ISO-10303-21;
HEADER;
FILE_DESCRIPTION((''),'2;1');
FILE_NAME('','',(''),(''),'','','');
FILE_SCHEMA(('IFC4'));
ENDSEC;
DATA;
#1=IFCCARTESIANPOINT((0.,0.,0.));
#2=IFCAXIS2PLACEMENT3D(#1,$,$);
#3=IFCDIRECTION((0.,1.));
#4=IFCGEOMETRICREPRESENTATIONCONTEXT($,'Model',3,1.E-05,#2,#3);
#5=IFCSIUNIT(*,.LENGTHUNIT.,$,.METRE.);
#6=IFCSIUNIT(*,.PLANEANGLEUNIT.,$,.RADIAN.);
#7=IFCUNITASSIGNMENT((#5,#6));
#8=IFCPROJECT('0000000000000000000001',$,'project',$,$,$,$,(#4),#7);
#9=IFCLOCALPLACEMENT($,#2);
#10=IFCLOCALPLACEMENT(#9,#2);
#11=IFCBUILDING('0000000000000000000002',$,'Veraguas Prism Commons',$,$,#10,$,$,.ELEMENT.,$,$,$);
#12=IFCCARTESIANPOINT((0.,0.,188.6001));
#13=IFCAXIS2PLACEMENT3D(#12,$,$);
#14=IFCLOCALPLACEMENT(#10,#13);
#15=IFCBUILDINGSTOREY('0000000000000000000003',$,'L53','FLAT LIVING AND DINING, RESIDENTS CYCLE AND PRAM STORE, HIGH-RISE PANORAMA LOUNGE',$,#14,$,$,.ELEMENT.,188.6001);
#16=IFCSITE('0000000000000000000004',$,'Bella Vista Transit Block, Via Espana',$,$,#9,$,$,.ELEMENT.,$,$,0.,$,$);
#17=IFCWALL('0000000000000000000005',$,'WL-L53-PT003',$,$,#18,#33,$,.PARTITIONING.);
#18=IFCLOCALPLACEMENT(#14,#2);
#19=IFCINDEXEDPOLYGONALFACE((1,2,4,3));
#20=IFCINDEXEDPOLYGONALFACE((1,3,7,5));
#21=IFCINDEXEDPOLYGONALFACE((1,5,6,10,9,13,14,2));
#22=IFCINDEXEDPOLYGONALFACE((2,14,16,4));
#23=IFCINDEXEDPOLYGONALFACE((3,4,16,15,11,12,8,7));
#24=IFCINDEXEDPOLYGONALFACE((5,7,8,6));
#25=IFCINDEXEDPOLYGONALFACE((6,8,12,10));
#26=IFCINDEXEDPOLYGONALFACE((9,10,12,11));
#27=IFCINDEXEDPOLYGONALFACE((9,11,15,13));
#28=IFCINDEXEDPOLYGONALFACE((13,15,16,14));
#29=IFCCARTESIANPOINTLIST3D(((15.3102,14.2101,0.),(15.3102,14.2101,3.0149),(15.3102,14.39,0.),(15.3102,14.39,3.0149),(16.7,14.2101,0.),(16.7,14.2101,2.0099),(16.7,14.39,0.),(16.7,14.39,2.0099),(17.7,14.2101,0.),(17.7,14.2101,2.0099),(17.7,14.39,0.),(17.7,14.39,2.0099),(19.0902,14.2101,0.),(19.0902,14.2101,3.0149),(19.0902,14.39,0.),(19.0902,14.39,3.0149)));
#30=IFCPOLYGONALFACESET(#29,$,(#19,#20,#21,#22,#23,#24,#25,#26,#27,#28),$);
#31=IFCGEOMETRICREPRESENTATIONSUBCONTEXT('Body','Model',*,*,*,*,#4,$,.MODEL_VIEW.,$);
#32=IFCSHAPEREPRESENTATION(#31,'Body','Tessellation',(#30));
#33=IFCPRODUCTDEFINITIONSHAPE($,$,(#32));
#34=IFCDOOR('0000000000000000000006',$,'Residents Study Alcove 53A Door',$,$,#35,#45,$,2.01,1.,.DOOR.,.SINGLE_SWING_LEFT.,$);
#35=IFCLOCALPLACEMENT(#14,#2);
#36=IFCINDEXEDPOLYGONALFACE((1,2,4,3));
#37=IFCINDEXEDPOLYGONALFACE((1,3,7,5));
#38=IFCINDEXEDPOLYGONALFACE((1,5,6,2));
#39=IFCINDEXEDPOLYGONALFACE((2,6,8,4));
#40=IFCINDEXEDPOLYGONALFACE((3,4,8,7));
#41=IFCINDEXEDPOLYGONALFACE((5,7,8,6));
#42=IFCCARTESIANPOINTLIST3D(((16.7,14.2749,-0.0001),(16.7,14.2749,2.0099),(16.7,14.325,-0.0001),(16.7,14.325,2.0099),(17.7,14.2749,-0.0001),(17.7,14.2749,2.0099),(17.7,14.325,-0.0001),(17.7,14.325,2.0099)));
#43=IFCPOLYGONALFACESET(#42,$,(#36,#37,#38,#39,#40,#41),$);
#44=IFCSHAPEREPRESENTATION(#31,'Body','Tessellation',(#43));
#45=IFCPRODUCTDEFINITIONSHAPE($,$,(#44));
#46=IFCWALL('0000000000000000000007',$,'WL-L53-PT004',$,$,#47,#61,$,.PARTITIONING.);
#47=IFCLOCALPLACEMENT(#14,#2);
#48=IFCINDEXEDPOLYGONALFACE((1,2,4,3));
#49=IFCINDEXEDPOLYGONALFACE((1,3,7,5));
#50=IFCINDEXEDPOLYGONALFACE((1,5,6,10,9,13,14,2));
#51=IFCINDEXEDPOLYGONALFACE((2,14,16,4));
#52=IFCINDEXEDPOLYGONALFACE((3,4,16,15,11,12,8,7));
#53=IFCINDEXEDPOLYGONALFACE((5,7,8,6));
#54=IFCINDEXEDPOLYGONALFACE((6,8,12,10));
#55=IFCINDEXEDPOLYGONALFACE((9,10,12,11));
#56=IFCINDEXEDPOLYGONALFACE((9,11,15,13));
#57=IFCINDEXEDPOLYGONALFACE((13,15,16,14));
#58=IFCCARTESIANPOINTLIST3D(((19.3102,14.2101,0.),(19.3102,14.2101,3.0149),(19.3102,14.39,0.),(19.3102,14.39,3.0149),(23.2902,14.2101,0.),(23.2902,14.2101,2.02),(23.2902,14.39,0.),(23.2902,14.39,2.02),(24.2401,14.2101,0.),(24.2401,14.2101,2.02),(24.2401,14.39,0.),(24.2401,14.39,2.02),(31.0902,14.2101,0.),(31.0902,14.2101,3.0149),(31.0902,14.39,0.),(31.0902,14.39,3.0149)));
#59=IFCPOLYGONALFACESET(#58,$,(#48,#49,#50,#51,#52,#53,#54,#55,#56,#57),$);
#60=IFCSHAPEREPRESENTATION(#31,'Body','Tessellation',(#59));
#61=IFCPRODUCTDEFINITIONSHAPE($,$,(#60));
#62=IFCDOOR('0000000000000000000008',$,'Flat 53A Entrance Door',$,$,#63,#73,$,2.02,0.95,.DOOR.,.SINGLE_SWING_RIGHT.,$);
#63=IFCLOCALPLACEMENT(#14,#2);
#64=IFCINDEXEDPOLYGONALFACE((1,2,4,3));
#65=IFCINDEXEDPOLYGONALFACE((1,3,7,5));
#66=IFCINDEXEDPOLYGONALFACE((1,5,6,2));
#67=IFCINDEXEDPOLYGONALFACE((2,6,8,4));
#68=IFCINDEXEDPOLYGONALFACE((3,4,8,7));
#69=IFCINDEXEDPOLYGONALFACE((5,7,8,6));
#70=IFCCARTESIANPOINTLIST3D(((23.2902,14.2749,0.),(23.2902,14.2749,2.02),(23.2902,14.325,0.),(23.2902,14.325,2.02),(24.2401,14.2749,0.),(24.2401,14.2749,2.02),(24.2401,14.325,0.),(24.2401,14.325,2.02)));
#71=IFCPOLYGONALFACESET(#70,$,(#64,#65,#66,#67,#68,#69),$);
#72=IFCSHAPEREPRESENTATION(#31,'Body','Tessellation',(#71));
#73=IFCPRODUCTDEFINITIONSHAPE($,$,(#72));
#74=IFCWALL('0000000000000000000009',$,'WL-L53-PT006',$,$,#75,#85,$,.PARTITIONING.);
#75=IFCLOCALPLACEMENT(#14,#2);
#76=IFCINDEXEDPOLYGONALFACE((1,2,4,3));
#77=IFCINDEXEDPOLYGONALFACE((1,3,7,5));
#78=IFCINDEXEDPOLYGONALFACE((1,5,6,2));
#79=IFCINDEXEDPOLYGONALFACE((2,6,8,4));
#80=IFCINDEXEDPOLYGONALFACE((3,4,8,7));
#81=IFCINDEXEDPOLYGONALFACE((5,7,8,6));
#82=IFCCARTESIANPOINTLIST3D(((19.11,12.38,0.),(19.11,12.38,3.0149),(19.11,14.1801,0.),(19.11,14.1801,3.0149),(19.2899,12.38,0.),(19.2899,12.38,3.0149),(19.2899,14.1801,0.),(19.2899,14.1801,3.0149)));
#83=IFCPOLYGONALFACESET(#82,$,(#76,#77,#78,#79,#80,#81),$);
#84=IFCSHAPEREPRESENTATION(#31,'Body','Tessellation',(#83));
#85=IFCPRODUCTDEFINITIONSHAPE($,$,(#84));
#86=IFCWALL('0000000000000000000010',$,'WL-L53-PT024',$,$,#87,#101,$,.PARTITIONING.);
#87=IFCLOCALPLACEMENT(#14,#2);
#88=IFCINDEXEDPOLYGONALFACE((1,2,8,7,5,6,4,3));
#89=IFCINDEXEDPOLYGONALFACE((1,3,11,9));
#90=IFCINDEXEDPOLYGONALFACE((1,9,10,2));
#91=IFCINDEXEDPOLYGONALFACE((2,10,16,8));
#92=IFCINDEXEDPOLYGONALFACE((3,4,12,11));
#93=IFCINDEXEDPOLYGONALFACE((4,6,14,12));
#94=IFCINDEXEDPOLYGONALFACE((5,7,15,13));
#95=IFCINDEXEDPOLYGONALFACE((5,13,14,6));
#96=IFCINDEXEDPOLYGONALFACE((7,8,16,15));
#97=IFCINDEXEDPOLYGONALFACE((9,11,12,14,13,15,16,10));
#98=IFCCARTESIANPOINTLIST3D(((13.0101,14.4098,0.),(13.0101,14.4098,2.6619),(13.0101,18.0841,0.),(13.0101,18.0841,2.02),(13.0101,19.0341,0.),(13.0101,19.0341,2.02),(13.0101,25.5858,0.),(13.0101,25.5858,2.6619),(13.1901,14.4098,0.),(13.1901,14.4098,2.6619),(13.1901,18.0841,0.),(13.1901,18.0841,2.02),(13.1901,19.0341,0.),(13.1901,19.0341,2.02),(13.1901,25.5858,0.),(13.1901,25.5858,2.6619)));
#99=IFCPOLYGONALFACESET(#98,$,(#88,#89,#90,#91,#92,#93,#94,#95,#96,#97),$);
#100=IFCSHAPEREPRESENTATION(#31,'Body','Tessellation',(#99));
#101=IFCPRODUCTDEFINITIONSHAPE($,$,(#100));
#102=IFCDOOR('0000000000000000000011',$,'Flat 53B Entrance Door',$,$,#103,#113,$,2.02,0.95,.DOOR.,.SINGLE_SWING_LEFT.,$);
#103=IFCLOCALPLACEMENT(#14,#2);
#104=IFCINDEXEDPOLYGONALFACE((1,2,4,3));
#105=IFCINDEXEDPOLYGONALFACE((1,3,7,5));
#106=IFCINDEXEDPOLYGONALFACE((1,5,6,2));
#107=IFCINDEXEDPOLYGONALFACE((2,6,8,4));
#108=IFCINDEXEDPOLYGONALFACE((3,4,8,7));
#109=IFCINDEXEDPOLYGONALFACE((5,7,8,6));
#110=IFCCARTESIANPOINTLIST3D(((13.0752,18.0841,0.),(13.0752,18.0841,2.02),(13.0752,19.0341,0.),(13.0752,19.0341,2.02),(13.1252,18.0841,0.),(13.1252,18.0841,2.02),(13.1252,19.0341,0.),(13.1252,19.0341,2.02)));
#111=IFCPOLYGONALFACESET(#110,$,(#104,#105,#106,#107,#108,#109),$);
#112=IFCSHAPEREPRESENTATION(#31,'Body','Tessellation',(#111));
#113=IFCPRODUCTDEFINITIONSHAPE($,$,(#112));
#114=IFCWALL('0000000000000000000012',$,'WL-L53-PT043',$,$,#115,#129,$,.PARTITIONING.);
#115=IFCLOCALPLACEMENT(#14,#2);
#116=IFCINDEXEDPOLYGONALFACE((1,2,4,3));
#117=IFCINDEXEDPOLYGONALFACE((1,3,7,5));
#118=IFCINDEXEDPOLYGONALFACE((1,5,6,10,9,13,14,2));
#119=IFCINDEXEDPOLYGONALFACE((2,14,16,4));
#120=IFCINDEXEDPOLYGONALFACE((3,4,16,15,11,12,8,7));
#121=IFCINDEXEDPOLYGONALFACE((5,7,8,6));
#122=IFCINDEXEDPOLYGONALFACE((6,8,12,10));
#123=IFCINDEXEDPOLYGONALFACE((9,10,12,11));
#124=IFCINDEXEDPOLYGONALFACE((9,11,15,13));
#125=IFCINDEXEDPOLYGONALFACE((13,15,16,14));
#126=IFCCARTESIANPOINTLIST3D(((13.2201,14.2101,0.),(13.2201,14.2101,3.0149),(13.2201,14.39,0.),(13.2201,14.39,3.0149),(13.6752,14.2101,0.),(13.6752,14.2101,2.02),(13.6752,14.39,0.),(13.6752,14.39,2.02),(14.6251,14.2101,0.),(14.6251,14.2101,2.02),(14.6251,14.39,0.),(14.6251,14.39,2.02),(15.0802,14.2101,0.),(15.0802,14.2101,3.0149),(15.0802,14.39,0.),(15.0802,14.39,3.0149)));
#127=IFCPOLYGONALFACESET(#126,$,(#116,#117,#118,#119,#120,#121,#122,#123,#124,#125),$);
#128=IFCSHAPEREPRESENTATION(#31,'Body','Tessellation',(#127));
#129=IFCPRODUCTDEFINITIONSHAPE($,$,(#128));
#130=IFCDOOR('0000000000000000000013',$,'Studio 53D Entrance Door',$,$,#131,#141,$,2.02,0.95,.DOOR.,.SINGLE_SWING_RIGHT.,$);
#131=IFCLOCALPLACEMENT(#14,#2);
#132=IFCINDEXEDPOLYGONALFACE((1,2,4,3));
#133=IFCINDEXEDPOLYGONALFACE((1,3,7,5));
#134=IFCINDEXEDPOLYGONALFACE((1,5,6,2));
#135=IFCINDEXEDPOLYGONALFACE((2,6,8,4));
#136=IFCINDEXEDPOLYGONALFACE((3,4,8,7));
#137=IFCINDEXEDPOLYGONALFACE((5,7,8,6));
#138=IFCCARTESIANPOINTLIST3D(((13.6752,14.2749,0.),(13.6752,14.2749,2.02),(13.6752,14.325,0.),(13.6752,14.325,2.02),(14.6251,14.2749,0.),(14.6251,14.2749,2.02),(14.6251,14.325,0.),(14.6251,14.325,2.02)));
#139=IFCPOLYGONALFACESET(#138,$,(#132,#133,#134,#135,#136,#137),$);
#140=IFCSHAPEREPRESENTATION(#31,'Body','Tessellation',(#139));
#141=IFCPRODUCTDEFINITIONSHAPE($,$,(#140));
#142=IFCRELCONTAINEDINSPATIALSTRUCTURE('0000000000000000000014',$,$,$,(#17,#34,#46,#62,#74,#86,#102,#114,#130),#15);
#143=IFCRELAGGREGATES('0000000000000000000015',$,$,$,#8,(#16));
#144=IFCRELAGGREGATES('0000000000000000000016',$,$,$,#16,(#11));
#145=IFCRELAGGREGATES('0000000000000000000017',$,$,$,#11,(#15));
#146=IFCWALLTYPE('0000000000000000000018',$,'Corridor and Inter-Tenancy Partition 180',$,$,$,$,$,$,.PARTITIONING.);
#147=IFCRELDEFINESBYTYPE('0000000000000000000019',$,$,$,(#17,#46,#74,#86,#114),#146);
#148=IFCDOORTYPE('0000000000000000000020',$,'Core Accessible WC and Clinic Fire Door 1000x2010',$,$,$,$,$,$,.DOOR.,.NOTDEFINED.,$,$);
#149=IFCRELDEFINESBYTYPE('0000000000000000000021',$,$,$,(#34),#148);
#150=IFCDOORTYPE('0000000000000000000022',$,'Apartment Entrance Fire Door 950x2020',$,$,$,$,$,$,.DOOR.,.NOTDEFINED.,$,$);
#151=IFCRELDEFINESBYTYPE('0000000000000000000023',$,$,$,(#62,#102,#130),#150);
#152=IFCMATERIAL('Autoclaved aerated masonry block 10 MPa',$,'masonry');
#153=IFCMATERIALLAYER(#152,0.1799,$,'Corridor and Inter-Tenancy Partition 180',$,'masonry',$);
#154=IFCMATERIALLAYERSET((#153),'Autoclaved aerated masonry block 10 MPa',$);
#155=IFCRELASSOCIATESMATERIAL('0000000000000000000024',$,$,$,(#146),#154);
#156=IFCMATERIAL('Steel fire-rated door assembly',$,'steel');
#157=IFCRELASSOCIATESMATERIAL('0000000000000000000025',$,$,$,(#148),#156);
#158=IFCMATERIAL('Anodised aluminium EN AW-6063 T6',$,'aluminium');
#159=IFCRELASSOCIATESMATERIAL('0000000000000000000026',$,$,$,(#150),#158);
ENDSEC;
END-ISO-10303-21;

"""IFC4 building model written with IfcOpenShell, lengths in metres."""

from ifc_helpers import new_model, si_unit, direction, frame, frame_2d, origin, place, context, subcontext, project, spatial, rectangle, extrude, source, transform, mapped, material, layer, layer_set, type_object, element, fill, save


model = new_model("IFC4")

# Units and contexts
model_context = context("Model", 3, precision=1e-05, world=origin(), true_north=direction((0.0, 1.0)))
body_context = subcontext(model_context, "Body", "Model", "MODEL_VIEW")
ifc_project = project(units=[si_unit("LENGTHUNIT", "METRE"), si_unit("PLANEANGLEUNIT", "RADIAN")], contexts=[model_context])

# Site, building, storey
site_placement = place(None, origin())
site = spatial("IfcSite", under=ifc_project, at=site_placement, Name="Bella Vista Transit Block, Via Espana", CompositionType="ELEMENT", RefElevation=0.0)
building_placement = place(site_placement, origin())
building = spatial("IfcBuilding", under=site, at=building_placement, Name="Veraguas Prism Commons", CompositionType="ELEMENT")
storey_placement = place(building_placement, frame((0.0, 0.0, 188.6001)))
storey = spatial("IfcBuildingStorey", under=building, at=storey_placement, Name="L53", Description="FLAT LIVING AND DINING, RESIDENTS CYCLE AND PRAM STORE, HIGH-RISE PANORAMA LOUNGE", CompositionType="ELEMENT", Elevation=188.6001)

# Shared definitions
ifc_material_1 = material(Name="Steel fire-rated door assembly", Category="steel")

# Shared definitions
ifc_material_2 = material(Name="Autoclaved aerated masonry block 10 MPa", Category="masonry")
ifc_layer_1 = layer(ifc_material_2, 0.1799, Name="Corridor and Inter-Tenancy Partition 180", Category="masonry")
ifc_layer_set_1 = layer_set([ifc_layer_1], Name="Autoclaved aerated masonry block 10 MPa")
wall_type_1 = type_object("IfcWallType", Name="Corridor and Inter-Tenancy Partition 180", PredefinedType="PARTITIONING", material=ifc_layer_set_1)

# Walls, openings, doors
wall_1_placement = place(storey_placement, frame((15.3101, 14.3, 0.0), z_axis=(0.0, 0.0, 1.0), x_axis=(1.0, 0.0, 0.0)))
wall_1 = element("IfcWall", 1, at=wall_1_placement, inside=storey, type_object=wall_type_1, Name="WL-L53-PT003", PredefinedType="PARTITIONING", context=body_context, shape_type="SweptSolid", body=[
    extrude(rectangle(XDim=3.78, YDim=0.1799, at=frame_2d((1.8901, 0.0))), origin(), (0.0, 0.0, 1.0), 3.0149),
])
opening_1_placement = place(wall_1_placement, frame((1.3899, 0.0, 0.0)))
opening_1 = element("IfcOpeningElement", 2, at=opening_1_placement, cuts=wall_1, PredefinedType="OPENING", context=body_context, shape_type="SweptSolid", body=[
    extrude(rectangle(XDim=1.0, YDim=2.01, at=frame_2d((0.5, 1.0049))), frame((0.0, 0.0999, 0.0), z_axis=(0.0, -1.0, 0.0), x_axis=(1.0, 0.0, 0.0)), (0.0, 0.0, 1.0), 0.2),
])
door_type_1 = type_object("IfcDoorType", Name="Core Accessible WC and Clinic Fire Door 1000x2010", OperationType="NOTDEFINED", PredefinedType="DOOR", material=ifc_material_1)
shared_shape_1 = source(origin(), body_context, "Body", "SweptSolid", [
    extrude(rectangle(XDim=1.0, YDim=2.01, at=frame_2d((0.5, 1.0049))), frame((0.0, 0.0249, 0.0), z_axis=(0.0, -1.0, 0.0), x_axis=(1.0, 0.0, 0.0)), (0.0, 0.0, 1.0), 0.05),
])
door_1_placement = place(opening_1_placement, origin())
door_1 = element("IfcDoor", 3, at=door_1_placement, inside=storey, type_object=door_type_1, Name="Residents Study Alcove 53A Door", OperationType="SINGLE_SWING_LEFT", OverallHeight=2.01, OverallWidth=1.0, PredefinedType="DOOR", context=body_context, shape_type="MappedRepresentation", body=[
    mapped(shared_shape_1, transform((0.0, 0.0, 0.0), scale=1.0)),
])
fill(opening_1, door_1)
wall_2_placement = place(storey_placement, frame((19.3101, 14.3, 0.0), z_axis=(0.0, 0.0, 1.0), x_axis=(1.0, 0.0, 0.0)))
wall_2 = element("IfcWall", 4, at=wall_2_placement, inside=storey, type_object=wall_type_1, Name="WL-L53-PT004", PredefinedType="PARTITIONING", context=body_context, shape_type="SweptSolid", body=[
    extrude(rectangle(XDim=11.78, YDim=0.1799, at=frame_2d((5.8901, 0.0))), origin(), (0.0, 0.0, 1.0), 3.0149),
])
opening_2_placement = place(wall_2_placement, frame((3.98, 0.0, 0.0)))
opening_2 = element("IfcOpeningElement", 5, at=opening_2_placement, cuts=wall_2, PredefinedType="OPENING", context=body_context, shape_type="SweptSolid", body=[
    extrude(rectangle(XDim=0.95, YDim=2.02, at=frame_2d((0.4751, 1.01))), frame((0.0, 0.0999, 0.0), z_axis=(0.0, -1.0, 0.0), x_axis=(1.0, 0.0, 0.0)), (0.0, 0.0, 1.0), 0.2),
])
ifc_material_3 = material(Name="Anodised aluminium EN AW-6063 T6", Category="aluminium")
door_type_2 = type_object("IfcDoorType", Name="Apartment Entrance Fire Door 950x2020", OperationType="NOTDEFINED", PredefinedType="DOOR", material=ifc_material_3)
shared_shape_2 = source(origin(), body_context, "Body", "SweptSolid", [
    extrude(rectangle(XDim=0.95, YDim=2.02, at=frame_2d((0.4751, 1.01))), frame((0.0, 0.0249, 0.0), z_axis=(0.0, -1.0, 0.0), x_axis=(1.0, 0.0, 0.0)), (0.0, 0.0, 1.0), 0.05),
])
door_2_placement = place(opening_2_placement, origin())
door_2 = element("IfcDoor", 6, at=door_2_placement, inside=storey, type_object=door_type_2, Name="Flat 53A Entrance Door", OperationType="SINGLE_SWING_RIGHT", OverallHeight=2.02, OverallWidth=0.95, PredefinedType="DOOR", context=body_context, shape_type="MappedRepresentation", body=[
    mapped(shared_shape_2, transform((0.0, 0.0, 0.0), scale=1.0)),
])
fill(opening_2, door_2)

# Wall
wall_3_placement = place(storey_placement, frame((19.2, 14.1799, 0.0), z_axis=(0.0, 0.0, 1.0), x_axis=(0.0, -1.0, 0.0)))
element("IfcWall", 7, at=wall_3_placement, inside=storey, type_object=wall_type_1, Name="WL-L53-PT006", PredefinedType="PARTITIONING", context=body_context, shape_type="SweptSolid", body=[
    extrude(rectangle(XDim=1.8, YDim=0.1799, at=frame_2d((0.8999, 0.0))), origin(), (0.0, 0.0, 1.0), 3.0149),
])

# Walls, openings, doors
wall_4_placement = place(storey_placement, frame((13.1001, 14.4099, 0.0), z_axis=(0.0, 0.0, 1.0), x_axis=(0.0, 1.0, 0.0)))
wall_4 = element("IfcWall", 8, at=wall_4_placement, inside=storey, type_object=wall_type_1, Name="WL-L53-PT024", PredefinedType="PARTITIONING", context=body_context, shape_type="SweptSolid", body=[
    extrude(rectangle(XDim=11.176, YDim=0.1799, at=frame_2d((5.5879, 0.0))), origin(), (0.0, 0.0, 1.0), 2.6619),
])
opening_3_placement = place(wall_4_placement, frame((3.6741, 0.0, 0.0)))
opening_3 = element("IfcOpeningElement", 9, at=opening_3_placement, cuts=wall_4, PredefinedType="OPENING", context=body_context, shape_type="SweptSolid", body=[
    extrude(rectangle(XDim=0.95, YDim=2.02, at=frame_2d((0.4751, 1.01))), frame((0.0, 0.0999, 0.0), z_axis=(0.0, -1.0, 0.0), x_axis=(1.0, 0.0, 0.0)), (0.0, 0.0, 1.0), 0.2),
])
door_3_placement = place(opening_3_placement, origin())
door_3 = element("IfcDoor", 10, at=door_3_placement, inside=storey, type_object=door_type_2, Name="Flat 53B Entrance Door", OperationType="SINGLE_SWING_LEFT", OverallHeight=2.02, OverallWidth=0.95, PredefinedType="DOOR", context=body_context, shape_type="MappedRepresentation", body=[
    mapped(shared_shape_2, transform((0.0, 0.0, 0.0), scale=1.0)),
])
fill(opening_3, door_3)
wall_5_placement = place(storey_placement, frame((13.22, 14.3, 0.0), z_axis=(0.0, 0.0, 1.0), x_axis=(1.0, 0.0, 0.0)))
wall_5 = element("IfcWall", 11, at=wall_5_placement, inside=storey, type_object=wall_type_1, Name="WL-L53-PT043", PredefinedType="PARTITIONING", context=body_context, shape_type="SweptSolid", body=[
    extrude(rectangle(XDim=1.8601, YDim=0.1799, at=frame_2d((0.9302, 0.0))), origin(), (0.0, 0.0, 1.0), 3.0149),
])
opening_4_placement = place(wall_5_placement, frame((0.4551, 0.0, 0.0)))
opening_4 = element("IfcOpeningElement", 12, at=opening_4_placement, cuts=wall_5, PredefinedType="OPENING", context=body_context, shape_type="SweptSolid", body=[
    extrude(rectangle(XDim=0.95, YDim=2.02, at=frame_2d((0.4751, 1.01))), frame((0.0, 0.0999, 0.0), z_axis=(0.0, -1.0, 0.0), x_axis=(1.0, 0.0, 0.0)), (0.0, 0.0, 1.0), 0.2),
])
door_4_placement = place(opening_4_placement, origin())
door_4 = element("IfcDoor", 13, at=door_4_placement, inside=storey, type_object=door_type_2, Name="Studio 53D Entrance Door", OperationType="SINGLE_SWING_RIGHT", OverallHeight=2.02, OverallWidth=0.95, PredefinedType="DOOR", context=body_context, shape_type="MappedRepresentation", body=[
    mapped(shared_shape_2, transform((0.0, 0.0, 0.0), scale=1.0)),
])
fill(opening_4, door_4)

save(model, "model.ifc")
